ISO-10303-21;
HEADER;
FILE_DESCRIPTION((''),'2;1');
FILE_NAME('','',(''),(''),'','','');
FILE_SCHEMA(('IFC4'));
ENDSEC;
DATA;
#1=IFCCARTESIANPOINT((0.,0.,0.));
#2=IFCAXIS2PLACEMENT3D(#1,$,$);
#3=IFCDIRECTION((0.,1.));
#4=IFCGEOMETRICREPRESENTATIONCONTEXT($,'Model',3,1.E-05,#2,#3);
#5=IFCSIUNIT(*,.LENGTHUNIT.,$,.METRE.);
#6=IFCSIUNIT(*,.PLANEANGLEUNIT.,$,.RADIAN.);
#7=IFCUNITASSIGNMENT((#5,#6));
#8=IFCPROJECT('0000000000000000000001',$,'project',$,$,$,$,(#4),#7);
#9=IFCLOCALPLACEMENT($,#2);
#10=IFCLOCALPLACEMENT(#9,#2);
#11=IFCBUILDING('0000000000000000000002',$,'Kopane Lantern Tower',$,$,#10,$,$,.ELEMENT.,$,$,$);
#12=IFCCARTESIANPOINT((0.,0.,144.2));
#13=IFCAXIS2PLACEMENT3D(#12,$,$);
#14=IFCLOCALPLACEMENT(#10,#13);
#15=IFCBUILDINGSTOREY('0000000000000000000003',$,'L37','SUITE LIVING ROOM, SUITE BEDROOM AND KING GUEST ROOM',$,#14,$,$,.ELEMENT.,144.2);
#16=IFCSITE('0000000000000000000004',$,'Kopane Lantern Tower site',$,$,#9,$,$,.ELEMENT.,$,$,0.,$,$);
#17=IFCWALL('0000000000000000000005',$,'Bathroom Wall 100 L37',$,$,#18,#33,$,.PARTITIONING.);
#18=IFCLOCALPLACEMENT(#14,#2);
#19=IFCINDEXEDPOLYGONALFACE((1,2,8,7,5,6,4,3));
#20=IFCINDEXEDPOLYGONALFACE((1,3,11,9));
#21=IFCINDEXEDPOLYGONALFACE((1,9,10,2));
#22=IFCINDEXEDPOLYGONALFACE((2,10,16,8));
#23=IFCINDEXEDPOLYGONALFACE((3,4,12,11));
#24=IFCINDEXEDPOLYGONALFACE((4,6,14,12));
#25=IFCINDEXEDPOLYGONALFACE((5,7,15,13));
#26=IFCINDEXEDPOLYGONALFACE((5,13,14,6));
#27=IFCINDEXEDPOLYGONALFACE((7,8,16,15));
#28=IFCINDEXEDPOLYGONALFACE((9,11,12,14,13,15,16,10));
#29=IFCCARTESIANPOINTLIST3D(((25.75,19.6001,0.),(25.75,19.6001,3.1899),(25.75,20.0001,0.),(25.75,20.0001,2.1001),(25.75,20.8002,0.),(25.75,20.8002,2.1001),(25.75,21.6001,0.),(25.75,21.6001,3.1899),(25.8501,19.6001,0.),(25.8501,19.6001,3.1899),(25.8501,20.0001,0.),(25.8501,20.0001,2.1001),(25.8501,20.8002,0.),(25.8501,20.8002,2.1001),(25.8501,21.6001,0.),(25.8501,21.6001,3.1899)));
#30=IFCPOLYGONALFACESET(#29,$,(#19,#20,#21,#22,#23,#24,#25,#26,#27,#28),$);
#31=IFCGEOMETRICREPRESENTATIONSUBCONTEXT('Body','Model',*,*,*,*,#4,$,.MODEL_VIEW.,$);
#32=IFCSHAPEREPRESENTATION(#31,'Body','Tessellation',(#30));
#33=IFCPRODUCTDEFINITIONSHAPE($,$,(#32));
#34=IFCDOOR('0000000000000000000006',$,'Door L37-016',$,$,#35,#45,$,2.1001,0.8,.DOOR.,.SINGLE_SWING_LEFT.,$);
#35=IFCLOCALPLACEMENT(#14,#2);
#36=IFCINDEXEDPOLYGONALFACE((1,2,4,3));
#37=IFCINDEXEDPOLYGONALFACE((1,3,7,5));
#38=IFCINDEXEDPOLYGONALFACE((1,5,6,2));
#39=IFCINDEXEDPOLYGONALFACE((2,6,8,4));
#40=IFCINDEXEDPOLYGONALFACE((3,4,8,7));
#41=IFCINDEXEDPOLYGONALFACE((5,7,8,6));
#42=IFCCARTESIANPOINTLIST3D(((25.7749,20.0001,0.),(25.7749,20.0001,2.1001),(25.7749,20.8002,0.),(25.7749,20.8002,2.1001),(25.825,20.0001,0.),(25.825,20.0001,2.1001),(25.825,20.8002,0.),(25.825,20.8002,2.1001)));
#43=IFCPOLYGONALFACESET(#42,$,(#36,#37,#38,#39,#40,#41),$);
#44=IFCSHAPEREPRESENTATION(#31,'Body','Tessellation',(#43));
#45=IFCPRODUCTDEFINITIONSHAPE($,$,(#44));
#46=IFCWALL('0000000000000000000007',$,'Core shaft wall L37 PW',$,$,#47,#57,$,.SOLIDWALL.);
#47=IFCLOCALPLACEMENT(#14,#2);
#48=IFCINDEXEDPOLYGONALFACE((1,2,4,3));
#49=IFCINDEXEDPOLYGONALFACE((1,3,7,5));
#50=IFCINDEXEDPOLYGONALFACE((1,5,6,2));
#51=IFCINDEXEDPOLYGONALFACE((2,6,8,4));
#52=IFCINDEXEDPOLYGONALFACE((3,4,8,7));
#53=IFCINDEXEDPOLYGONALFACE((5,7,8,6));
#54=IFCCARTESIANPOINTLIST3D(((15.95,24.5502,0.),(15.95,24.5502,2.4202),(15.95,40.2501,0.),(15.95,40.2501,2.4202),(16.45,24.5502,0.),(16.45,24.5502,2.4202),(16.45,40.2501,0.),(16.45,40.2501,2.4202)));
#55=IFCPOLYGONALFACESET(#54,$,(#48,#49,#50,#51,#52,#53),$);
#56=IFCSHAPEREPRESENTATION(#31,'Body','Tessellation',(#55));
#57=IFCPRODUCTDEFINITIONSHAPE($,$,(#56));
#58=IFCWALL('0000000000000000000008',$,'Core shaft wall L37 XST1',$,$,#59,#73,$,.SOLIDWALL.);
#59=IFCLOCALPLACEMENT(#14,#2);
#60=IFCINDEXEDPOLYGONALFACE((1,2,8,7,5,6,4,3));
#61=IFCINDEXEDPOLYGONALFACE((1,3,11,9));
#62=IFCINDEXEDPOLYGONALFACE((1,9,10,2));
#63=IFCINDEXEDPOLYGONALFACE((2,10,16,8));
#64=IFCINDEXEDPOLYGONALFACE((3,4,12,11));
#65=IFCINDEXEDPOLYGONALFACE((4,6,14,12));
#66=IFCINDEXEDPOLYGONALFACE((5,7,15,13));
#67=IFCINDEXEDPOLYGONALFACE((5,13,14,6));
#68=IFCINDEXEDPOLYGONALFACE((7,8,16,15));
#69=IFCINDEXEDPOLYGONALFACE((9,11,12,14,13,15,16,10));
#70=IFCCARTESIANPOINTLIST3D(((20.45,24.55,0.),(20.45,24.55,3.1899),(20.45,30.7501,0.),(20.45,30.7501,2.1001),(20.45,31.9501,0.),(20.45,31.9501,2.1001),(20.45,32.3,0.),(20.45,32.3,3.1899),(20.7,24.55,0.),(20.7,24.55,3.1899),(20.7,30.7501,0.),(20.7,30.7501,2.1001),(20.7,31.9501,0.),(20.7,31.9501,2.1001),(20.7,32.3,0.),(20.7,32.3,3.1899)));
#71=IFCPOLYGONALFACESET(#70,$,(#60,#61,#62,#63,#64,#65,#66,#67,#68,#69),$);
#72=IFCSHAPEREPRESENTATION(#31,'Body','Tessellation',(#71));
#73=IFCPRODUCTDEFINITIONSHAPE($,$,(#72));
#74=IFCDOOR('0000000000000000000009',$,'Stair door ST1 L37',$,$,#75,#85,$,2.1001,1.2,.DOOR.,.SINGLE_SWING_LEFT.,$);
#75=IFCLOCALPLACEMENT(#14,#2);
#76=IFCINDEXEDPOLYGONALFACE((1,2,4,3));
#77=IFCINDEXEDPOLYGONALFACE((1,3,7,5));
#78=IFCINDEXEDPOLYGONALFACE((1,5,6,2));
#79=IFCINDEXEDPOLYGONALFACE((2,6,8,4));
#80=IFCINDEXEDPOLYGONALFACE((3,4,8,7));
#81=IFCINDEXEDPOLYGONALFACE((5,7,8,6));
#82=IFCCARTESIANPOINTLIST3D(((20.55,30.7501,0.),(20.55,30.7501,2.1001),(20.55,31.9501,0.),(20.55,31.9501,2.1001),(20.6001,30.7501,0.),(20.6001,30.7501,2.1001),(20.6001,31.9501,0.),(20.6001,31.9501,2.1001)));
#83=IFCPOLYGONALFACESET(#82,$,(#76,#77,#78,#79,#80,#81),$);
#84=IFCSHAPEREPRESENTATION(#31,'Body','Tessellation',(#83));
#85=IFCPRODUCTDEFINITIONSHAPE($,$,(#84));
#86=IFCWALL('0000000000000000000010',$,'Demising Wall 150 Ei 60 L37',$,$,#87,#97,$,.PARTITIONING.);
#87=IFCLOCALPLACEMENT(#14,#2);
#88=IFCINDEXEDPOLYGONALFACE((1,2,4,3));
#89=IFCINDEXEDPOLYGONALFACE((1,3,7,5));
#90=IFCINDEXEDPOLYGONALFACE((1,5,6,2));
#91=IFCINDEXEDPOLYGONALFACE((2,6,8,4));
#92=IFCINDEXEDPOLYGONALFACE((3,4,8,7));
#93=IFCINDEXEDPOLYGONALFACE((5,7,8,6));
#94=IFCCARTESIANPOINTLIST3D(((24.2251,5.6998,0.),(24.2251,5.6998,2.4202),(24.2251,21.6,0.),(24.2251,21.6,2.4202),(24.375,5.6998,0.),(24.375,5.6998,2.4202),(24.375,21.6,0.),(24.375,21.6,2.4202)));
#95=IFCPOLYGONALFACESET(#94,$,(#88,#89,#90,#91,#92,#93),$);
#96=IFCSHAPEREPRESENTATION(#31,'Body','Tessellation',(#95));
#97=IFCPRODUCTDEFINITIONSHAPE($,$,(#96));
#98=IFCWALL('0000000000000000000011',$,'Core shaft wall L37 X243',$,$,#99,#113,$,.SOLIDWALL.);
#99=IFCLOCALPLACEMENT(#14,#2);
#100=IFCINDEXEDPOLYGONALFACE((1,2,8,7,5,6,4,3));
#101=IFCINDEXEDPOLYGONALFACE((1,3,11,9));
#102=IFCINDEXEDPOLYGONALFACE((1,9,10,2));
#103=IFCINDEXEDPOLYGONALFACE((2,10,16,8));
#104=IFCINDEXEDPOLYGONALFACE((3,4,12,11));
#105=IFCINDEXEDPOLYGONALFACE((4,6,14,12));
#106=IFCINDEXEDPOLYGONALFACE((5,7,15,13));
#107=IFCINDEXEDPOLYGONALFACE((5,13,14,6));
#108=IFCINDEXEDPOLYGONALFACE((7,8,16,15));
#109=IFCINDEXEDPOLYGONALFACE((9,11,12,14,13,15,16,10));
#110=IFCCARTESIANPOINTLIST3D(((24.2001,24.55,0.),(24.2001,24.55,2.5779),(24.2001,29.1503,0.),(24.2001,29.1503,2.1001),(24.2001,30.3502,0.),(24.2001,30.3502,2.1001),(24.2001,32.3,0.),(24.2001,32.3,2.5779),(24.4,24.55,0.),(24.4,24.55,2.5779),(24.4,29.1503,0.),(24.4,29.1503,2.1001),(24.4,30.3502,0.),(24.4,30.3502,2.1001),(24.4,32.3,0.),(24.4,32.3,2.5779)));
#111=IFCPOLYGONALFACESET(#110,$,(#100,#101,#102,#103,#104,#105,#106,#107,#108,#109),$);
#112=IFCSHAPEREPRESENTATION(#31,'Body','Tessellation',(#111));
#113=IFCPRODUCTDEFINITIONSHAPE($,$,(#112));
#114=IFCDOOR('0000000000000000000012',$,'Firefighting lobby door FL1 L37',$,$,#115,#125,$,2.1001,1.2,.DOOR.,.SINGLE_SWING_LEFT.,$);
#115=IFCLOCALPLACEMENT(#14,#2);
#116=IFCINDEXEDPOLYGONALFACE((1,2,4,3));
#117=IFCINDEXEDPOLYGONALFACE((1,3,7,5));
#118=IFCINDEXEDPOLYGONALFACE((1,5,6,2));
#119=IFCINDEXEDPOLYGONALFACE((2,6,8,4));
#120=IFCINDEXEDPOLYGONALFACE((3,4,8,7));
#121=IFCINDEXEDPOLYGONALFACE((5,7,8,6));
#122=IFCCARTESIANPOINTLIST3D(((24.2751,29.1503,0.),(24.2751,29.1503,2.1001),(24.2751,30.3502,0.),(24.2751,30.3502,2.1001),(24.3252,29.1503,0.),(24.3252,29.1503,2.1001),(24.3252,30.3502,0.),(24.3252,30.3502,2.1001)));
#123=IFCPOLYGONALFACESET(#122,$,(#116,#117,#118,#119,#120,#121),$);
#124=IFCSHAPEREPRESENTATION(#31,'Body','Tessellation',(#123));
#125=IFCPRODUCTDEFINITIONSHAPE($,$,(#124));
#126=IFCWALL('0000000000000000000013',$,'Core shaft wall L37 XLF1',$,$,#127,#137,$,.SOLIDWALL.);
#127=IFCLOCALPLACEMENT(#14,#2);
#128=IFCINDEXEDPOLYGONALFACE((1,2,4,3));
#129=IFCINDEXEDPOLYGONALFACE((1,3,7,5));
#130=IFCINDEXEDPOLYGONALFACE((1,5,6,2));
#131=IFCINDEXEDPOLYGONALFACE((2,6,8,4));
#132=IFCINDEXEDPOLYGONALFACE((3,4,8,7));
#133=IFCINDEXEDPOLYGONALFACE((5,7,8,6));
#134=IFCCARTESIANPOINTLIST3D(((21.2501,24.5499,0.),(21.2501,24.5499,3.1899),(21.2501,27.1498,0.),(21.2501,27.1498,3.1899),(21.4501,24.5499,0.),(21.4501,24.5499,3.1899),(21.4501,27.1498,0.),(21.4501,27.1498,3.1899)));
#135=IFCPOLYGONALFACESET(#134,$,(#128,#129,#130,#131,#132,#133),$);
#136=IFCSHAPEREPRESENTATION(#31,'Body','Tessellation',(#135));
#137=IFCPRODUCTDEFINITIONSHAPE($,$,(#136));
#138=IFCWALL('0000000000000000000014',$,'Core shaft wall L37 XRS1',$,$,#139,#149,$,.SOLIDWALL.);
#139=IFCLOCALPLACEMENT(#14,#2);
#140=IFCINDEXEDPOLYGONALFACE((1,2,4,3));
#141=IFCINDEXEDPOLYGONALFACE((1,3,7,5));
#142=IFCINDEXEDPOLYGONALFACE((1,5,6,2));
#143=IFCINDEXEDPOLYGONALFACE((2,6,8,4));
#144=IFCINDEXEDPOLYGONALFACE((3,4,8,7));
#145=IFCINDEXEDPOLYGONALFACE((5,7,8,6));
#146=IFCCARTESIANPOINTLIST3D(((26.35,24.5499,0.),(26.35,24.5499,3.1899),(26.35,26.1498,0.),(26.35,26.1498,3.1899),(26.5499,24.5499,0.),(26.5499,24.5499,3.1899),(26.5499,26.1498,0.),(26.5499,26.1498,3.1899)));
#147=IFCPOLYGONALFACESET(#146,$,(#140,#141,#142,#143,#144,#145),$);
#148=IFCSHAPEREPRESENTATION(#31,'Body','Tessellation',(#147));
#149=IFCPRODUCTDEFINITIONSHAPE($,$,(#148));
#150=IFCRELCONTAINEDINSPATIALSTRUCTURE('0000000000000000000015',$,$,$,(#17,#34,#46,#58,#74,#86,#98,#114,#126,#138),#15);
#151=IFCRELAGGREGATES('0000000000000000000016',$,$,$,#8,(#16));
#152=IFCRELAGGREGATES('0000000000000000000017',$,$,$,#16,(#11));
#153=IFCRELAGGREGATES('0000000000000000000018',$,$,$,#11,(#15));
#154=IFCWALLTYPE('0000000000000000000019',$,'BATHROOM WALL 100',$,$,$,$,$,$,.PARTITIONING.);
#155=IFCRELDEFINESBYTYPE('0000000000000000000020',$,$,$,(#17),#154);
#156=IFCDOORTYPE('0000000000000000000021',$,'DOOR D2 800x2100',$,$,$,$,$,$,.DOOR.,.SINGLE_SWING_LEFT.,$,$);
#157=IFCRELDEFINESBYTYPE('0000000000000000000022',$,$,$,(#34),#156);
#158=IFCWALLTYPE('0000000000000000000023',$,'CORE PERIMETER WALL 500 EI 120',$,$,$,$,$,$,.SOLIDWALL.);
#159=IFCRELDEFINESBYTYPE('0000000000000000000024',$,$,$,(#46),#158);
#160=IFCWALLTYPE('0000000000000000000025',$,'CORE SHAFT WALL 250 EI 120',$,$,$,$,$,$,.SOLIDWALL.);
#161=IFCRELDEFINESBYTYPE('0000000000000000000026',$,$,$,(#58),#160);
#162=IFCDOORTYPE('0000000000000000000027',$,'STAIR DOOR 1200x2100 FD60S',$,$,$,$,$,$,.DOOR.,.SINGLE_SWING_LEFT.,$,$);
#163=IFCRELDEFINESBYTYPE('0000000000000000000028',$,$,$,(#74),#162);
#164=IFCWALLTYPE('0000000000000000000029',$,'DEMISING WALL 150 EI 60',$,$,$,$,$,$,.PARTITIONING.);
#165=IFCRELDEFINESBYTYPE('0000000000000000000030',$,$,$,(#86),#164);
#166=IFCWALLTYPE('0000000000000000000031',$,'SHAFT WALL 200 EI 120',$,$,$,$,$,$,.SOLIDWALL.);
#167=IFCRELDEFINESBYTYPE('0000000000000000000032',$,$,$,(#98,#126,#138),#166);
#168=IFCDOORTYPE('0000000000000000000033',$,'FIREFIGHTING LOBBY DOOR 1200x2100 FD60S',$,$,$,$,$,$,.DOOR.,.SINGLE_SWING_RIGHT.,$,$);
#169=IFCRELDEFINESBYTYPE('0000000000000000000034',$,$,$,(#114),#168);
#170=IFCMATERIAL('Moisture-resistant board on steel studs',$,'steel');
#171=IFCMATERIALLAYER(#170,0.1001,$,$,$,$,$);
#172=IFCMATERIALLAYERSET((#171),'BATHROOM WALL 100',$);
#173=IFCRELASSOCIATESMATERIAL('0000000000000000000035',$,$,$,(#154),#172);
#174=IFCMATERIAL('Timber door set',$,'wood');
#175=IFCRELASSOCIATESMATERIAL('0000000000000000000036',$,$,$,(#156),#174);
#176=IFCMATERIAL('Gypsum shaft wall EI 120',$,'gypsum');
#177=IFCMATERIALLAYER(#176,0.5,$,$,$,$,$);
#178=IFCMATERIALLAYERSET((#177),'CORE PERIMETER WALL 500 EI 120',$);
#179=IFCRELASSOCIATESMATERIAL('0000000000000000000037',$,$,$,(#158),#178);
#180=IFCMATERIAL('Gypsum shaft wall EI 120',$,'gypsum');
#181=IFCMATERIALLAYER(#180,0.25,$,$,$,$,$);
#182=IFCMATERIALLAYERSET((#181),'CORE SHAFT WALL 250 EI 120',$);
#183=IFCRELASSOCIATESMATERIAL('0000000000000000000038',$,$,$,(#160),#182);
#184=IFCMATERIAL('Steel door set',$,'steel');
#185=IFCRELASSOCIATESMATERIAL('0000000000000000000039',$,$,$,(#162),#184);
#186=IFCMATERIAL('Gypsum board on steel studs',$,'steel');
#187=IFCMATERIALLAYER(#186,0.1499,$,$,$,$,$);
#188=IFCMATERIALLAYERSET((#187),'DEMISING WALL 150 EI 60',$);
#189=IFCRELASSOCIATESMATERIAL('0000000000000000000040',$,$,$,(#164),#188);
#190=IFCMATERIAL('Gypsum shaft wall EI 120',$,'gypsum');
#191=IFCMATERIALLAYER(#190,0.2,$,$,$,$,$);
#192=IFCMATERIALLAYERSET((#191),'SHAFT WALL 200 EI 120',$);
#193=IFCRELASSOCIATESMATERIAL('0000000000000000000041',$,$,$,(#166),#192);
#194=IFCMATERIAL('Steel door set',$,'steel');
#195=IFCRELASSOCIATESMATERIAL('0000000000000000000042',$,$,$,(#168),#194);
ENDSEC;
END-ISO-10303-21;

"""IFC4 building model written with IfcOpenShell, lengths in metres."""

from ifc_helpers import new_model, si_unit, direction, frame, frame_2d, origin, place, context, subcontext, project, spatial, rectangle, extrude, material, layer, layer_set, type_object, element, fill, save


model = new_model("IFC4")

# Units and contexts
model_context = context("Model", 3, precision=1e-05, world=origin(), true_north=direction((0.0, 1.0)))
body_context = subcontext(model_context, "Body", "Model", "MODEL_VIEW")
ifc_project = project(units=[si_unit("LENGTHUNIT", "METRE"), si_unit("PLANEANGLEUNIT", "RADIAN")], contexts=[model_context])

# Site, building, storey
site_placement = place(None, origin())
site = spatial("IfcSite", under=ifc_project, at=site_placement, Name="Kopane Lantern Tower site", CompositionType="ELEMENT", RefElevation=0.0)
building_placement = place(site_placement, origin())
building = spatial("IfcBuilding", under=site, at=building_placement, Name="Kopane Lantern Tower", CompositionType="ELEMENT")
storey_placement = place(building_placement, frame((0.0, 0.0, 144.2)))
storey = spatial("IfcBuildingStorey", under=building, at=storey_placement, Name="L37", Description="SUITE LIVING ROOM, SUITE BEDROOM AND KING GUEST ROOM", CompositionType="ELEMENT", Elevation=144.2)

# Wall, opening, door
ifc_material_1 = material(Name="Moisture-resistant board on steel studs", Category="steel")
ifc_layer_1 = layer(ifc_material_1, 0.1001)
ifc_layer_set_1 = layer_set([ifc_layer_1], Name="BATHROOM WALL 100")
wall_type_1 = type_object("IfcWallType", Name="BATHROOM WALL 100", PredefinedType="PARTITIONING", material=ifc_layer_set_1)
ifc_material_2 = material(Name="Timber door set", Category="wood")
door_type_1 = type_object("IfcDoorType", Name="DOOR D2 800x2100", OperationType="SINGLE_SWING_LEFT", PredefinedType="DOOR", material=ifc_material_2)
wall_1_placement = place(storey_placement, frame((25.8, 21.6001, 0.0), z_axis=(0.0, 0.0, 1.0), x_axis=(0.0, -1.0, 0.0)))
wall_1 = element("IfcWall", 1, at=wall_1_placement, inside=storey, type_object=wall_type_1, Name="Bathroom Wall 100 L37", PredefinedType="PARTITIONING", context=body_context, shape_type="SweptSolid", body=[
    extrude(rectangle(XDim=2.0, YDim=0.1001, at=frame_2d((1.0, 0.0))), origin(), (0.0, 0.0, 1.0), 3.1899),
])
opening_1_placement = place(wall_1_placement, frame((0.8, 0.0, 0.0)))
opening_1 = element("IfcOpeningElement", 2, at=opening_1_placement, cuts=wall_1, PredefinedType="OPENING", context=body_context, shape_type="SweptSolid", body=[
    extrude(rectangle(XDim=0.8, YDim=2.1001, at=frame_2d((0.3999, 1.05))), frame((0.0, 0.0601, 0.0), z_axis=(0.0, -1.0, 0.0), x_axis=(1.0, 0.0, 0.0)), (0.0, 0.0, 1.0), 0.1201),
])
door_1_placement = place(opening_1_placement, origin())
door_1 = element("IfcDoor", 3, at=door_1_placement, inside=storey, type_object=door_type_1, Name="Door L37-016", OperationType="SINGLE_SWING_LEFT", OverallHeight=2.1001, OverallWidth=0.8, PredefinedType="DOOR", context=body_context, shape_type="SweptSolid", body=[
    extrude(rectangle(XDim=0.8, YDim=2.1001, at=frame_2d((0.3999, 1.05))), frame((0.0, 0.0249, 0.0), z_axis=(0.0, -1.0, 0.0), x_axis=(1.0, 0.0, 0.0)), (0.0, 0.0, 1.0), 0.05),
])
fill(opening_1, door_1)

# Wall
ifc_material_3 = material(Name="Gypsum shaft wall EI 120", Category="gypsum")
ifc_layer_2 = layer(ifc_material_3, 0.5)
ifc_layer_set_2 = layer_set([ifc_layer_2], Name="CORE PERIMETER WALL 500 EI 120")
wall_type_2 = type_object("IfcWallType", Name="CORE PERIMETER WALL 500 EI 120", PredefinedType="SOLIDWALL", material=ifc_layer_set_2)
wall_2_placement = place(storey_placement, frame((16.2, 24.55, 0.0), z_axis=(0.0, 0.0, 1.0), x_axis=(0.0, 1.0, 0.0)))
element("IfcWall", 4, at=wall_2_placement, inside=storey, type_object=wall_type_2, Name="Core shaft wall L37 PW", PredefinedType="SOLIDWALL", context=body_context, shape_type="SweptSolid", body=[
    extrude(rectangle(XDim=15.7, YDim=0.5, at=frame_2d((7.8501, 0.0))), origin(), (0.0, 0.0, 1.0), 2.4202),
])

# Wall, opening, door
ifc_material_4 = material(Name="Gypsum shaft wall EI 120", Category="gypsum")
ifc_layer_3 = layer(ifc_material_4, 0.25)
ifc_layer_set_3 = layer_set([ifc_layer_3], Name="CORE SHAFT WALL 250 EI 120")
wall_type_3 = type_object("IfcWallType", Name="CORE SHAFT WALL 250 EI 120", PredefinedType="SOLIDWALL", material=ifc_layer_set_3)
wall_3_placement = place(storey_placement, frame((20.575, 24.55, 0.0), z_axis=(0.0, 0.0, 1.0), x_axis=(0.0, 1.0, 0.0)))
wall_3 = element("IfcWall", 5, at=wall_3_placement, inside=storey, type_object=wall_type_3, Name="Core shaft wall L37 XST1", PredefinedType="SOLIDWALL", context=body_context, shape_type="SweptSolid", body=[
    extrude(rectangle(XDim=7.75, YDim=0.25, at=frame_2d((3.875, 0.0))), origin(), (0.0, 0.0, 1.0), 3.1899),
])
opening_2_placement = place(wall_3_placement, frame((6.2, 0.0, 0.0)))
opening_2 = element("IfcOpeningElement", 6, at=opening_2_placement, cuts=wall_3, PredefinedType="OPENING", context=body_context, shape_type="SweptSolid", body=[
    extrude(rectangle(XDim=1.2, YDim=2.1001, at=frame_2d((0.6001, 1.05))), frame((0.0, 0.135, 0.0), z_axis=(0.0, -1.0, 0.0), x_axis=(1.0, 0.0, 0.0)), (0.0, 0.0, 1.0), 0.27),
])
ifc_material_5 = material(Name="Steel door set", Category="steel")
door_type_2 = type_object("IfcDoorType", Name="STAIR DOOR 1200x2100 FD60S", OperationType="SINGLE_SWING_LEFT", PredefinedType="DOOR", material=ifc_material_5)
door_2_placement = place(opening_2_placement, origin())
door_2 = element("IfcDoor", 7, at=door_2_placement, inside=storey, type_object=door_type_2, Name="Stair door ST1 L37", OperationType="SINGLE_SWING_LEFT", OverallHeight=2.1001, OverallWidth=1.2, PredefinedType="DOOR", context=body_context, shape_type="SweptSolid", body=[
    extrude(rectangle(XDim=1.2, YDim=2.1001, at=frame_2d((0.6001, 1.05))), frame((0.0, 0.0249, 0.0), z_axis=(0.0, -1.0, 0.0), x_axis=(1.0, 0.0, 0.0)), (0.0, 0.0, 1.0), 0.05),
])
fill(opening_2, door_2)

# Wall
ifc_material_6 = material(Name="Gypsum board on steel studs", Category="steel")
ifc_layer_4 = layer(ifc_material_6, 0.1499)
ifc_layer_set_4 = layer_set([ifc_layer_4], Name="DEMISING WALL 150 EI 60")
wall_type_4 = type_object("IfcWallType", Name="DEMISING WALL 150 EI 60", PredefinedType="PARTITIONING", material=ifc_layer_set_4)
wall_4_placement = place(storey_placement, frame((24.3, 21.6001, 0.0), z_axis=(0.0, 0.0, 1.0), x_axis=(0.0, -1.0, 0.0)))
element("IfcWall", 8, at=wall_4_placement, inside=storey, type_object=wall_type_4, Name="Demising Wall 150 Ei 60 L37", PredefinedType="PARTITIONING", context=body_context, shape_type="SweptSolid", body=[
    extrude(rectangle(XDim=15.9001, YDim=0.1499, at=frame_2d((7.9502, 0.0))), origin(), (0.0, 0.0, 1.0), 2.4202),
])

# Wall, opening, door
ifc_material_7 = material(Name="Gypsum shaft wall EI 120", Category="gypsum")
ifc_layer_5 = layer(ifc_material_7, 0.2)
ifc_layer_set_5 = layer_set([ifc_layer_5], Name="SHAFT WALL 200 EI 120")
wall_type_5 = type_object("IfcWallType", Name="SHAFT WALL 200 EI 120", PredefinedType="SOLIDWALL", material=ifc_layer_set_5)
wall_5_placement = place(storey_placement, frame((24.3, 24.55, 0.0), z_axis=(0.0, 0.0, 1.0), x_axis=(0.0, 1.0, 0.0)))
wall_5 = element("IfcWall", 9, at=wall_5_placement, inside=storey, type_object=wall_type_5, Name="Core shaft wall L37 X243", PredefinedType="SOLIDWALL", context=body_context, shape_type="SweptSolid", body=[
    extrude(rectangle(XDim=7.75, YDim=0.2, at=frame_2d((3.875, 0.0))), origin(), (0.0, 0.0, 1.0), 2.5779),
])
opening_3_placement = place(wall_5_placement, frame((4.6001, 0.0, 0.0)))
opening_3 = element("IfcOpeningElement", 10, at=opening_3_placement, cuts=wall_5, PredefinedType="OPENING", context=body_context, shape_type="SweptSolid", body=[
    extrude(rectangle(XDim=1.2, YDim=2.1001, at=frame_2d((0.6001, 1.05))), frame((0.0, 0.1099, 0.0), z_axis=(0.0, -1.0, 0.0), x_axis=(1.0, 0.0, 0.0)), (0.0, 0.0, 1.0), 0.22),
])
ifc_material_8 = material(Name="Steel door set", Category="steel")
door_type_3 = type_object("IfcDoorType", Name="FIREFIGHTING LOBBY DOOR 1200x2100 FD60S", OperationType="SINGLE_SWING_RIGHT", PredefinedType="DOOR", material=ifc_material_8)
door_3_placement = place(opening_3_placement, origin())
door_3 = element("IfcDoor", 11, at=door_3_placement, inside=storey, type_object=door_type_3, Name="Firefighting lobby door FL1 L37", OperationType="SINGLE_SWING_LEFT", OverallHeight=2.1001, OverallWidth=1.2, PredefinedType="DOOR", context=body_context, shape_type="SweptSolid", body=[
    extrude(rectangle(XDim=1.2, YDim=2.1001, at=frame_2d((0.6001, 1.05))), frame((0.0, 0.0249, 0.0), z_axis=(0.0, -1.0, 0.0), x_axis=(1.0, 0.0, 0.0)), (0.0, 0.0, 1.0), 0.05),
])
fill(opening_3, door_3)

# Walls
wall_6_placement = place(storey_placement, frame((21.3501, 24.55, 0.0), z_axis=(0.0, 0.0, 1.0), x_axis=(0.0, 1.0, 0.0)))
element("IfcWall", 12, at=wall_6_placement, inside=storey, type_object=wall_type_5, Name="Core shaft wall L37 XLF1", PredefinedType="SOLIDWALL", context=body_context, shape_type="SweptSolid", body=[
    extrude(rectangle(XDim=2.5999, YDim=0.2, at=frame_2d((1.2998, 0.0))), origin(), (0.0, 0.0, 1.0), 3.1899),
])
wall_7_placement = place(storey_placement, frame((26.45, 24.55, 0.0), z_axis=(0.0, 0.0, 1.0), x_axis=(0.0, 1.0, 0.0)))
element("IfcWall", 13, at=wall_7_placement, inside=storey, type_object=wall_type_5, Name="Core shaft wall L37 XRS1", PredefinedType="SOLIDWALL", context=body_context, shape_type="SweptSolid", body=[
    extrude(rectangle(XDim=1.5999, YDim=0.2, at=frame_2d((0.7998, 0.0))), origin(), (0.0, 0.0, 1.0), 3.1899),
])

save(model, "model.ifc")
